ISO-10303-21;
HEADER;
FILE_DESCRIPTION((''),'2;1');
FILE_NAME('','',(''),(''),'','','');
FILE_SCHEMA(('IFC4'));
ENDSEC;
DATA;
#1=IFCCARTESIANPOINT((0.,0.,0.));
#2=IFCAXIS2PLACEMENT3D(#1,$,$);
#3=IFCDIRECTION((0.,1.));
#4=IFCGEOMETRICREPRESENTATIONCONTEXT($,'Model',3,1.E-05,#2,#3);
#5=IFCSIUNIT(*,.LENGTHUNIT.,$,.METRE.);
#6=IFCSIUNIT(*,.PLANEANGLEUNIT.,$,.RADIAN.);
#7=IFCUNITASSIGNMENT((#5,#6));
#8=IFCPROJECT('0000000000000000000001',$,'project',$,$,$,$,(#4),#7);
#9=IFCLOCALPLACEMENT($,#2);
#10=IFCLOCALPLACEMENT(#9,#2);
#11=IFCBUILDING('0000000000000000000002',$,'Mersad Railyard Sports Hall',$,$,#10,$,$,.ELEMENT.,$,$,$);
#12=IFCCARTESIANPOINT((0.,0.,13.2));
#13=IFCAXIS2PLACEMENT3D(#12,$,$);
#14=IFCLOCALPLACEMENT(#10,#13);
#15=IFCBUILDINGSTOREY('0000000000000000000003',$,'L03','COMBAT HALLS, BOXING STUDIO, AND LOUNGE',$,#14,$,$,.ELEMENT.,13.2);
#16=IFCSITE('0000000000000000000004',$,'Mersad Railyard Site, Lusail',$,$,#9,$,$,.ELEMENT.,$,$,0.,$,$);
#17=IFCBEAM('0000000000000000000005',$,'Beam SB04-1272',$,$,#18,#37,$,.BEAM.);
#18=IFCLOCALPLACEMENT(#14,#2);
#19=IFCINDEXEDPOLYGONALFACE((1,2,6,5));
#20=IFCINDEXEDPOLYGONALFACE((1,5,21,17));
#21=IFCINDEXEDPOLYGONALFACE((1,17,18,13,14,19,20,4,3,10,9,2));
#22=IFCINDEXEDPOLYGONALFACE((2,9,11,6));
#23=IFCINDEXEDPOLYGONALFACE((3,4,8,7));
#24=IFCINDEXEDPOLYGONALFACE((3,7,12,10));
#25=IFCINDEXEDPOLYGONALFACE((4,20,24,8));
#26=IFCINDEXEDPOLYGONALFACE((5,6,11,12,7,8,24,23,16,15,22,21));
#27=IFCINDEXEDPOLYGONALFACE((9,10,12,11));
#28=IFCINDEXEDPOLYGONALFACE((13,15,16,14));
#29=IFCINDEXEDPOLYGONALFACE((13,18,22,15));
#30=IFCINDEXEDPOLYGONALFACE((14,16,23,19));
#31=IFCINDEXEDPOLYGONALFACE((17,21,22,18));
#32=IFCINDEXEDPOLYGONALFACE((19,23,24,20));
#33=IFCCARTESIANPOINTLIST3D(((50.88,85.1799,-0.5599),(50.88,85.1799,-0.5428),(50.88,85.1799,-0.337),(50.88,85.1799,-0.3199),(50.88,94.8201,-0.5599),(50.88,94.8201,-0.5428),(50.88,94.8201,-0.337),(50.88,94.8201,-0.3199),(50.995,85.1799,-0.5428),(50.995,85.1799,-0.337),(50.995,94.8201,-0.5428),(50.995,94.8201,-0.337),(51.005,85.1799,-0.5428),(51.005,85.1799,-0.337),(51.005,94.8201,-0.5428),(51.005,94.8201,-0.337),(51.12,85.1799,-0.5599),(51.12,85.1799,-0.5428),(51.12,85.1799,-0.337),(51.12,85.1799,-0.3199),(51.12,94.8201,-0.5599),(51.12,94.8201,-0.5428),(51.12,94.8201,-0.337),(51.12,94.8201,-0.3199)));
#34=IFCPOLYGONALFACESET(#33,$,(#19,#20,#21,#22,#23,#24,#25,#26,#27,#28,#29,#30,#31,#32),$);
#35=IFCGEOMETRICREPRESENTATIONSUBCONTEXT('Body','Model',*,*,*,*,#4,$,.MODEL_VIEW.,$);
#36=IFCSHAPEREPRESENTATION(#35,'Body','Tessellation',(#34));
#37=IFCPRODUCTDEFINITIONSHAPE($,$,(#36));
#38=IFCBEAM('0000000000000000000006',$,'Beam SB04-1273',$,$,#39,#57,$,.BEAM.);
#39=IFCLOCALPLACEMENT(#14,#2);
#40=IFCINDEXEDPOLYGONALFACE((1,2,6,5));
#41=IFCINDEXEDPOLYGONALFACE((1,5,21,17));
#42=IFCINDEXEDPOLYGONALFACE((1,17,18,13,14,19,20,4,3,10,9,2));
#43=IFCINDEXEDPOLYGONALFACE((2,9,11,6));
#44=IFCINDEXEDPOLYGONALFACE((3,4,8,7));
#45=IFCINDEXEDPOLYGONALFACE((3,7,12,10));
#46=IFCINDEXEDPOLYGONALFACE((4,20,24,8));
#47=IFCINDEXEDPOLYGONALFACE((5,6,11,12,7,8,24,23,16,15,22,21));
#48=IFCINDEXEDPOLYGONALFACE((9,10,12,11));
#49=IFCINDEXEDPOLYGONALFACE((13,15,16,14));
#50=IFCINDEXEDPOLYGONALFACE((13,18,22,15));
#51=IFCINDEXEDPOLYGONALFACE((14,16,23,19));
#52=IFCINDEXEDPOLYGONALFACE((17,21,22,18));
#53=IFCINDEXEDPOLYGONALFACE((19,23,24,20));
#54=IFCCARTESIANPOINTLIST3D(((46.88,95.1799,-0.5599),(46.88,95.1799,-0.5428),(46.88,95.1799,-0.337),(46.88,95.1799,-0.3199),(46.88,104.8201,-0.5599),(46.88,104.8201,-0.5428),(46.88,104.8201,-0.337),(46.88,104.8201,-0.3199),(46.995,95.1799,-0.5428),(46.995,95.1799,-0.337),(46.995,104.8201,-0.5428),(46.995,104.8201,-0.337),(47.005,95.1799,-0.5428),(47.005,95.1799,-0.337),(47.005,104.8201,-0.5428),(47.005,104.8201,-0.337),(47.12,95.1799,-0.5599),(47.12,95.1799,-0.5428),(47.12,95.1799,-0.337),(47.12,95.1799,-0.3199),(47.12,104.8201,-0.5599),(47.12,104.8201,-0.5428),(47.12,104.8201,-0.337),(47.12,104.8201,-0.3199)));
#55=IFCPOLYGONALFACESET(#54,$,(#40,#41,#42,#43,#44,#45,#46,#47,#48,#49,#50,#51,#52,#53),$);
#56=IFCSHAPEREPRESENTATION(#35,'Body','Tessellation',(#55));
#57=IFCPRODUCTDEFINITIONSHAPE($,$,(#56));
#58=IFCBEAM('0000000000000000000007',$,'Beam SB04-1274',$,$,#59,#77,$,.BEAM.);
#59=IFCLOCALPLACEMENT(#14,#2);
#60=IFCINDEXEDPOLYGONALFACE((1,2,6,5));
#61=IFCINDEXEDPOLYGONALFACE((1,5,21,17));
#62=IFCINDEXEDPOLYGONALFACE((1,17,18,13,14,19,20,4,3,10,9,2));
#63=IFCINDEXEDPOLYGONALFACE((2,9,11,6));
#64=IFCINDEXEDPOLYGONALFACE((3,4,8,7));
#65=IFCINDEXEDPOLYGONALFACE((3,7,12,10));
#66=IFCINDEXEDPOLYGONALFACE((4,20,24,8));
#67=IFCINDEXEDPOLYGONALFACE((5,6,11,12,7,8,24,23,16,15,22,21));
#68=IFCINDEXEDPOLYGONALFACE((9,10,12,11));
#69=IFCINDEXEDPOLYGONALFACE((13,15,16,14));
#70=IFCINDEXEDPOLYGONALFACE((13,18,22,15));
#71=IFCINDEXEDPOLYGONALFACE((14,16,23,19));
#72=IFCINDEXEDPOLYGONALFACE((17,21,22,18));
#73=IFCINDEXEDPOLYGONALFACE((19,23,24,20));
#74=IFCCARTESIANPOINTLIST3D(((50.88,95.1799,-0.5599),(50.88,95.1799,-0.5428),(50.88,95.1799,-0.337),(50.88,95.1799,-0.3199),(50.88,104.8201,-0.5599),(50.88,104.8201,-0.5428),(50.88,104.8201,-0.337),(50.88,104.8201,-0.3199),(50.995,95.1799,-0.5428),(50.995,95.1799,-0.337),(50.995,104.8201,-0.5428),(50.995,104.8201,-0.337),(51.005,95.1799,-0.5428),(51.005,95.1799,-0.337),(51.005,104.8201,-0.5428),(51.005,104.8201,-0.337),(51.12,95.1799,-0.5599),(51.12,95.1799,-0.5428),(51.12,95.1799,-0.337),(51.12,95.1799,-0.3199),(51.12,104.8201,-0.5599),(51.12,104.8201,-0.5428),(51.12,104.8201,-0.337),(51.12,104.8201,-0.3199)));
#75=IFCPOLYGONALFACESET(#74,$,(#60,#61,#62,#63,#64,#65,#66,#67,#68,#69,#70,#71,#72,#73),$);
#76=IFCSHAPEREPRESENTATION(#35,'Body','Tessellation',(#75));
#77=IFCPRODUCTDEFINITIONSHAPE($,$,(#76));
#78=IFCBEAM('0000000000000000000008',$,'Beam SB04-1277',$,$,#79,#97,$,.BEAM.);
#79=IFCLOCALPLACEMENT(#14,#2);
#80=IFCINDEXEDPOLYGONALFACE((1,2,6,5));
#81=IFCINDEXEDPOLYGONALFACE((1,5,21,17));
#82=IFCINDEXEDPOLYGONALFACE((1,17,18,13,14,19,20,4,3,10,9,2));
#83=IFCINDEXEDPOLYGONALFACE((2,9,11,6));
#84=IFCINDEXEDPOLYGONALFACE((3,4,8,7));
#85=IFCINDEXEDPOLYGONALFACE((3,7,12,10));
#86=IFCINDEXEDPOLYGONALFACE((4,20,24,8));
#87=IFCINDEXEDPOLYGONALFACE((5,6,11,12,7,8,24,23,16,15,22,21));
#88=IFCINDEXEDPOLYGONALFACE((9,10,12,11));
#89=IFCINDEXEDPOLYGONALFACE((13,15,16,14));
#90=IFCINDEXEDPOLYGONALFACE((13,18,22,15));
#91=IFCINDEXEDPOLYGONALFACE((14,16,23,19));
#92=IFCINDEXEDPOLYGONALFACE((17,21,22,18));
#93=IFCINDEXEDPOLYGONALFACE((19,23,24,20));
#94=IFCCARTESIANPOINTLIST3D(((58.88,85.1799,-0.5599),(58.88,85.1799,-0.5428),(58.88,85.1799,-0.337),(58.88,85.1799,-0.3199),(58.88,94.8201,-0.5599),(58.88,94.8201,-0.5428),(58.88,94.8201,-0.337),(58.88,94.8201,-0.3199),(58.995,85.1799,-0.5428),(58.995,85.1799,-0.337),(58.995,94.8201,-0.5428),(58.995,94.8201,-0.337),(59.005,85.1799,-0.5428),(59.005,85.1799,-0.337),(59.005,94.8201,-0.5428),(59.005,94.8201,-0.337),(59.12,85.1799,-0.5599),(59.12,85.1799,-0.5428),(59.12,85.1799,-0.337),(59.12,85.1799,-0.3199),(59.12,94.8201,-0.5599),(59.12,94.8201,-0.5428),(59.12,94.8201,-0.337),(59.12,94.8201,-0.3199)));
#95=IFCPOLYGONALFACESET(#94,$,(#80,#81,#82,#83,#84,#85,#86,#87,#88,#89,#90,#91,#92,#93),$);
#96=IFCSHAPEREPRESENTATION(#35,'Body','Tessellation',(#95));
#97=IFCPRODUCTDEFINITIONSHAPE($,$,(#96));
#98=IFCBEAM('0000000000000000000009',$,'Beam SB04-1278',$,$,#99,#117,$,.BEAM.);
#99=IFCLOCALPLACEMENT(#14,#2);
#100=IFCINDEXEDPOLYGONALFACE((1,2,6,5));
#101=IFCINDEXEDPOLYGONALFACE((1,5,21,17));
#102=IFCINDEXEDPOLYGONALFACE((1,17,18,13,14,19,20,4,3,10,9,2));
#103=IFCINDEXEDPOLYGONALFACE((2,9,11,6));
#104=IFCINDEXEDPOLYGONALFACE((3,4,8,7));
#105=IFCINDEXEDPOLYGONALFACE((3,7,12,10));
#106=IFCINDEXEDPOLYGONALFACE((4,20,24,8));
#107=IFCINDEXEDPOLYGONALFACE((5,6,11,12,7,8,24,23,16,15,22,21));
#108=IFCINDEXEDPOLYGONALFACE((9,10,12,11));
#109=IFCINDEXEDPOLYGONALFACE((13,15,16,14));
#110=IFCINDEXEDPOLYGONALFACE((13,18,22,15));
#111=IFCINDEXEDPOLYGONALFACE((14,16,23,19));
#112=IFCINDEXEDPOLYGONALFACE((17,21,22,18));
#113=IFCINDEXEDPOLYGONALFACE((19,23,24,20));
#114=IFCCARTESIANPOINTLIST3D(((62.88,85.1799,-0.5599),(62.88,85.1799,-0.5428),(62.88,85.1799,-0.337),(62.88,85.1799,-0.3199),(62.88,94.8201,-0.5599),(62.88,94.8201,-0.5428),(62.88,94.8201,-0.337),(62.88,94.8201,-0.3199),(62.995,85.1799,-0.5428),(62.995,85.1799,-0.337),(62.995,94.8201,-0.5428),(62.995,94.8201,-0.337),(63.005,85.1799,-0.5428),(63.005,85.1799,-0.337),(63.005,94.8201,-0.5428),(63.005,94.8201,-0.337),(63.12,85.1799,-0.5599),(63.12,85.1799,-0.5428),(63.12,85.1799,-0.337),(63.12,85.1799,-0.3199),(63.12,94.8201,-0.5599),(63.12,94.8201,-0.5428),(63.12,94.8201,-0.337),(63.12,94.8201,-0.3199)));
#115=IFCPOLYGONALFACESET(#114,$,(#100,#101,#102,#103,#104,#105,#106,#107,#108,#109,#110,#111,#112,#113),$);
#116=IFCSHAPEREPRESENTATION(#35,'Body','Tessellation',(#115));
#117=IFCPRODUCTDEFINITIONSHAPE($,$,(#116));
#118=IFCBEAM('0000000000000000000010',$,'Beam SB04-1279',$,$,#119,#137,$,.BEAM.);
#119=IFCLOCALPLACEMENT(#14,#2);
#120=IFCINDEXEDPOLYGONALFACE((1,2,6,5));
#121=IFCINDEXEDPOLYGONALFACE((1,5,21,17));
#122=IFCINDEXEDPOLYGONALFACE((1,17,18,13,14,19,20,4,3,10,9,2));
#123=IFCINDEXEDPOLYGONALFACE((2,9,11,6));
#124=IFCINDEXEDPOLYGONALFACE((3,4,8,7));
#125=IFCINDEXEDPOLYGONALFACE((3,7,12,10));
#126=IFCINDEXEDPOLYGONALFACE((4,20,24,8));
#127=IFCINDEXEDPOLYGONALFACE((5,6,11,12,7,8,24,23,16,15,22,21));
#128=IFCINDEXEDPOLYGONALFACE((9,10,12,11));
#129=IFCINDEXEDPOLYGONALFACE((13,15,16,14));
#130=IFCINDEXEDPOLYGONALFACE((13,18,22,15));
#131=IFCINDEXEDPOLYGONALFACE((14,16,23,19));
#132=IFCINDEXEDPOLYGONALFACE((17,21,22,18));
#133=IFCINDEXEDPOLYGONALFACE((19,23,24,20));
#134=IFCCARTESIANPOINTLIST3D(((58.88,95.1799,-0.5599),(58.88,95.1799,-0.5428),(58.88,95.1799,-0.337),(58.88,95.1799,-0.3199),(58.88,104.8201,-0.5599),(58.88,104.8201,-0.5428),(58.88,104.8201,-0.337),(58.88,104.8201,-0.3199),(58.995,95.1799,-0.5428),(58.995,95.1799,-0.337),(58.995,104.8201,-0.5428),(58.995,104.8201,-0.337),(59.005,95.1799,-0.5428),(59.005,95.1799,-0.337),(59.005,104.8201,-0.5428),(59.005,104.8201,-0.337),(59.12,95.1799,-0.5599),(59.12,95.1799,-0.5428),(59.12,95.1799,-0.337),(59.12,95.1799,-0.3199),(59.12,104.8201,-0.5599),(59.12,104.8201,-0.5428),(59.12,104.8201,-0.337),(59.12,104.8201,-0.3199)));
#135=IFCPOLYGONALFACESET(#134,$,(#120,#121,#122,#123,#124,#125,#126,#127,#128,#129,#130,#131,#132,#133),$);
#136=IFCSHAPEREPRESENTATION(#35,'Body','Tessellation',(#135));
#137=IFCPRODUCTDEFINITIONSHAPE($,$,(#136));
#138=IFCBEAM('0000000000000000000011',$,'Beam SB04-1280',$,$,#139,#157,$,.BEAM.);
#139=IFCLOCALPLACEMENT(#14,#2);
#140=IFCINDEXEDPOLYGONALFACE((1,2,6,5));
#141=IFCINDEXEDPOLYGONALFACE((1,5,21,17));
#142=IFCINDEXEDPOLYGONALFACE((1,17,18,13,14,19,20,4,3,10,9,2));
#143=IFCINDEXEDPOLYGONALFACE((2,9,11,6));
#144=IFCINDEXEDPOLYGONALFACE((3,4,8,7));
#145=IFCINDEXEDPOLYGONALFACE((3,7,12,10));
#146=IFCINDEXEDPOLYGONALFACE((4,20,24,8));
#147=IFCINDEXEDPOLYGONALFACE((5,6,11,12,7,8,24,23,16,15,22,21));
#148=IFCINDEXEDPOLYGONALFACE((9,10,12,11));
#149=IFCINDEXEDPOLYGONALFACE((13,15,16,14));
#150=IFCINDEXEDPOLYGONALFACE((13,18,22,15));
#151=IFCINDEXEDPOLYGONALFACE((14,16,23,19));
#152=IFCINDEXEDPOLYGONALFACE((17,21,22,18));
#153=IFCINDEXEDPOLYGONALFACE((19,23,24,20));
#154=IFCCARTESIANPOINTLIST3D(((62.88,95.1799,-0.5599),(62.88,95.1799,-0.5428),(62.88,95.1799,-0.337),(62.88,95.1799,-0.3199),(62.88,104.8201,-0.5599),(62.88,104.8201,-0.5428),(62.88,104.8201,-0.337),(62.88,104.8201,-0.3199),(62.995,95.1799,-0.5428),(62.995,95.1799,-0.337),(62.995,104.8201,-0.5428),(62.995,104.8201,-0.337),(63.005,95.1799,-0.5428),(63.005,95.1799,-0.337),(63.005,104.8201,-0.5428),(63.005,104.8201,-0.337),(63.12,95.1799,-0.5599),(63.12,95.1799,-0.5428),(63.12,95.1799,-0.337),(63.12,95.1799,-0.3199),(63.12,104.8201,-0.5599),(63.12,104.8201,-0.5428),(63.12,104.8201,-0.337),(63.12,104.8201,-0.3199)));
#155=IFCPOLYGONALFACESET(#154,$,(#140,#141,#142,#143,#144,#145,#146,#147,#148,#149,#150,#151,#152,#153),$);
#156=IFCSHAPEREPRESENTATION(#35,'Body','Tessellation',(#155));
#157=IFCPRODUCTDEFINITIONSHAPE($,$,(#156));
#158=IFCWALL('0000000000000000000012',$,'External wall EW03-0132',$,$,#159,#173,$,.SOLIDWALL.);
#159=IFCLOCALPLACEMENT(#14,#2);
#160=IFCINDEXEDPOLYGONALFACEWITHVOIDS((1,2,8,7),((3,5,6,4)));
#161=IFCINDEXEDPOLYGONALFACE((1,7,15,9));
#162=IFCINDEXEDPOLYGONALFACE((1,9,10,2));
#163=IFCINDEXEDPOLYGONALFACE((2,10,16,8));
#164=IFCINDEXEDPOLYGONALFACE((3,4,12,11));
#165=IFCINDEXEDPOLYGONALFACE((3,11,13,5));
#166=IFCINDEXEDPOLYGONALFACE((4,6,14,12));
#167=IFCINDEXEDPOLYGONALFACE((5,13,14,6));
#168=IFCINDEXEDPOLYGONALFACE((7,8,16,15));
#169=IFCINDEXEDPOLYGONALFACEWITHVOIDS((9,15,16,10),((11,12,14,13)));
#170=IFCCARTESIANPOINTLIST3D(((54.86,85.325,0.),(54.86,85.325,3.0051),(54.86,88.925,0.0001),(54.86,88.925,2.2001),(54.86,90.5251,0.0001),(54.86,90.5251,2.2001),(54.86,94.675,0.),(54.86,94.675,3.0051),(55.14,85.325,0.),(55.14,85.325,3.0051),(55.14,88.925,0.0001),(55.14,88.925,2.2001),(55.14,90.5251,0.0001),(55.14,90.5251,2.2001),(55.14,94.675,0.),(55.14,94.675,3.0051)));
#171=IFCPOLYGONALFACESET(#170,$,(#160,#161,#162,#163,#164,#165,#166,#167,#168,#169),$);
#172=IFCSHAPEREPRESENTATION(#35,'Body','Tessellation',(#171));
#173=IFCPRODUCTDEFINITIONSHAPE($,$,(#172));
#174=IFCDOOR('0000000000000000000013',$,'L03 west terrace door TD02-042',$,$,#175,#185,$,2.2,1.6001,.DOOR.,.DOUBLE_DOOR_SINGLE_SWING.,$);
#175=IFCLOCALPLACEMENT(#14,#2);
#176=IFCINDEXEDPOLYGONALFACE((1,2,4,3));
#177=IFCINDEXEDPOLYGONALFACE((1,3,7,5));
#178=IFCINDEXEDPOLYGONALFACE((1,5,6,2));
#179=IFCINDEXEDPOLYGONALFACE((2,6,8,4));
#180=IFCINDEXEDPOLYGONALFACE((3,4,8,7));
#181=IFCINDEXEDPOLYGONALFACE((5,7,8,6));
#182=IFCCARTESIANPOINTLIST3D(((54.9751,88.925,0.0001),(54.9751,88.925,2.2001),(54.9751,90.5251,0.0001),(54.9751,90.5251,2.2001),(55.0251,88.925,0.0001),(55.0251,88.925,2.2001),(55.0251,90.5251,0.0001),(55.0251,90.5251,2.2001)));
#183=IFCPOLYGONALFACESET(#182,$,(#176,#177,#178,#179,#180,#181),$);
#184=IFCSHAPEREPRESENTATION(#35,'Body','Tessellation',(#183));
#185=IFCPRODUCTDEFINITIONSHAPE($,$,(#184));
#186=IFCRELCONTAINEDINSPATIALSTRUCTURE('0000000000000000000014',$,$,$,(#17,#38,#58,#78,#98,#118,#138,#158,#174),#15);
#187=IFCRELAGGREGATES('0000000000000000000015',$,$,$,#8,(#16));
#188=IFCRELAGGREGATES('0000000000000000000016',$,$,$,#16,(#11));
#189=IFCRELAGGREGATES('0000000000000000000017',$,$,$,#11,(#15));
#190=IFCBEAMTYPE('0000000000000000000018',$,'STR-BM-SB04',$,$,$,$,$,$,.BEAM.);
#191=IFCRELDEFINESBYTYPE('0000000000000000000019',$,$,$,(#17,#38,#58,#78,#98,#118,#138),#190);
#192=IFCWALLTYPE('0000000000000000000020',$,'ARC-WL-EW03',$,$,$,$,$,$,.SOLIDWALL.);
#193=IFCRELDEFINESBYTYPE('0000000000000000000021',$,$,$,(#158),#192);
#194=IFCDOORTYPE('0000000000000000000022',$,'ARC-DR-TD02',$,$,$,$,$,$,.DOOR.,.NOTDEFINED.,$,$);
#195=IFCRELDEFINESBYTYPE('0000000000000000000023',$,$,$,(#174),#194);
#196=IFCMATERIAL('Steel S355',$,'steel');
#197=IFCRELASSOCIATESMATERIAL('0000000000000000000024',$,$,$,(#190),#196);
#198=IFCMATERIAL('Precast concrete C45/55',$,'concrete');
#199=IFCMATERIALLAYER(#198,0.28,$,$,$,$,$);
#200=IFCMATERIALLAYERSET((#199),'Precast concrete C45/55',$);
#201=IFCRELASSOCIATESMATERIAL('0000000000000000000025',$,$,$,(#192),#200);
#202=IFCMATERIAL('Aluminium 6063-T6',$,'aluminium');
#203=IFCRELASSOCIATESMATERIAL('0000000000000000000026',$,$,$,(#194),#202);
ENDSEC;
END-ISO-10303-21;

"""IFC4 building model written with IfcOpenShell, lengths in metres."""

from ifc_helpers import new_model, si_unit, direction, frame, frame_2d, origin, origin_2d, place, context, subcontext, project, spatial, rectangle, i_section, extrude, material, layer, layer_set, material_profile, profile_set, type_object, element, fill, save


model = new_model("IFC4")

# Units and contexts
model_context = context("Model", 3, precision=1e-05, world=origin(), true_north=direction((0.0, 1.0)))
body_context = subcontext(model_context, "Body", "Model", "MODEL_VIEW")
ifc_project = project(units=[si_unit("LENGTHUNIT", "METRE"), si_unit("PLANEANGLEUNIT", "RADIAN")], contexts=[model_context])

# Site, building, storey
site_placement = place(None, origin())
site = spatial("IfcSite", under=ifc_project, at=site_placement, Name="Mersad Railyard Site, Lusail", CompositionType="ELEMENT", RefElevation=0.0)
building_placement = place(site_placement, origin())
building = spatial("IfcBuilding", under=site, at=building_placement, Name="Mersad Railyard Sports Hall", CompositionType="ELEMENT")
storey_placement = place(building_placement, frame((0.0, 0.0, 13.2)))
storey = spatial("IfcBuildingStorey", under=building, at=storey_placement, Name="L03", Description="COMBAT HALLS, BOXING STUDIO, AND LOUNGE", CompositionType="ELEMENT", Elevation=13.2)

# Beams
ifc_material_1 = material(Name="Steel S355", Category="steel")
ifc_material_profile_1 = material_profile(ifc_material_1, i_section(OverallWidth=0.24, OverallDepth=0.24, WebThickness=0.01, FlangeThickness=0.0171, at=origin_2d()), Name="HEB 240")
ifc_profile_set_1 = profile_set([ifc_material_profile_1], Name="Steel S355")
beam_type_1 = type_object("IfcBeamType", Name="STR-BM-SB04", PredefinedType="BEAM", material=ifc_profile_set_1)
for number, where, z_axis, x_axis, name in (
    (1, (51.0, 85.1799, -0.4399), (0.0, 1.0, 0.0), (-1.0, 0.0, 0.0), "Beam SB04-1272"),
    (2, (47.0, 95.1799, -0.4399), (0.0, 1.0, 0.0), (-1.0, 0.0, 0.0), "Beam SB04-1273"),
    (3, (51.0, 95.1799, -0.4399), (0.0, 1.0, 0.0), (-1.0, 0.0, 0.0), "Beam SB04-1274"),
    (4, (59.0, 85.1799, -0.4399), (0.0, 1.0, 0.0), (-1.0, 0.0, 0.0), "Beam SB04-1277"),
    (5, (63.0, 85.1799, -0.4399), (0.0, 1.0, 0.0), (-1.0, 0.0, 0.0), "Beam SB04-1278"),
    (6, (59.0, 95.1799, -0.4399), (0.0, 1.0, 0.0), (-1.0, 0.0, 0.0), "Beam SB04-1279"),
    (7, (63.0, 95.1799, -0.4399), (0.0, 1.0, 0.0), (-1.0, 0.0, 0.0), "Beam SB04-1280"),
):
    element("IfcBeam", number, at=place(storey_placement, frame(where, z_axis=z_axis, x_axis=x_axis)), inside=storey, type_object=beam_type_1, Name=name, PredefinedType="BEAM", context=body_context, shape_type="SweptSolid", body=[
        extrude(i_section(OverallWidth=0.24, OverallDepth=0.24, WebThickness=0.01, FlangeThickness=0.0171, at=origin_2d()), origin(), (0.0, 0.0, 1.0), 9.6401),
    ])

# Wall, opening, door
ifc_material_2 = material(Name="Precast concrete C45/55", Category="concrete")
ifc_layer_1 = layer(ifc_material_2, 0.28)
ifc_layer_set_1 = layer_set([ifc_layer_1], Name="Precast concrete C45/55")
wall_type_1 = type_object("IfcWallType", Name="ARC-WL-EW03", PredefinedType="SOLIDWALL", material=ifc_layer_set_1)
wall_1_placement = place(storey_placement, frame((55.0, 85.325, 0.0), z_axis=(0.0, 0.0, 1.0), x_axis=(0.0, 1.0, 0.0)))
wall_1 = element("IfcWall", 8, at=wall_1_placement, inside=storey, type_object=wall_type_1, Name="External wall EW03-0132", PredefinedType="SOLIDWALL", context=body_context, shape_type="SweptSolid", body=[
    extrude(rectangle(XDim=9.3501, YDim=0.28, at=frame_2d((4.675, 0.0))), origin(), (0.0, 0.0, 1.0), 3.0051),
])
opening_1_placement = place(wall_1_placement, frame((3.6001, 0.0, 0.0)))
opening_1 = element("IfcOpeningElement", 9, at=opening_1_placement, cuts=wall_1, PredefinedType="OPENING", context=body_context, shape_type="SweptSolid", body=[
    extrude(rectangle(XDim=1.6001, YDim=2.2, at=frame_2d((0.8, 1.1001))), frame((0.0, 0.1499, 0.0), z_axis=(0.0, -1.0, 0.0), x_axis=(1.0, 0.0, 0.0)), (0.0, 0.0, 1.0), 0.3),
])
ifc_material_3 = material(Name="Aluminium 6063-T6", Category="aluminium")
door_type_1 = type_object("IfcDoorType", Name="ARC-DR-TD02", OperationType="NOTDEFINED", PredefinedType="DOOR", material=ifc_material_3)
door_1_placement = place(opening_1_placement, origin())
door_1 = element("IfcDoor", 10, at=door_1_placement, inside=storey, type_object=door_type_1, Name="L03 west terrace door TD02-042", OperationType="DOUBLE_DOOR_SINGLE_SWING", OverallHeight=2.2, OverallWidth=1.6001, PredefinedType="DOOR", context=body_context, shape_type="SweptSolid", body=[
    extrude(rectangle(XDim=1.6001, YDim=2.2, at=frame_2d((0.8, 1.1001))), frame((0.0, 0.0249, 0.0), z_axis=(0.0, -1.0, 0.0), x_axis=(1.0, 0.0, 0.0)), (0.0, 0.0, 1.0), 0.05),
])
fill(opening_1, door_1)

save(model, "model.ifc")
